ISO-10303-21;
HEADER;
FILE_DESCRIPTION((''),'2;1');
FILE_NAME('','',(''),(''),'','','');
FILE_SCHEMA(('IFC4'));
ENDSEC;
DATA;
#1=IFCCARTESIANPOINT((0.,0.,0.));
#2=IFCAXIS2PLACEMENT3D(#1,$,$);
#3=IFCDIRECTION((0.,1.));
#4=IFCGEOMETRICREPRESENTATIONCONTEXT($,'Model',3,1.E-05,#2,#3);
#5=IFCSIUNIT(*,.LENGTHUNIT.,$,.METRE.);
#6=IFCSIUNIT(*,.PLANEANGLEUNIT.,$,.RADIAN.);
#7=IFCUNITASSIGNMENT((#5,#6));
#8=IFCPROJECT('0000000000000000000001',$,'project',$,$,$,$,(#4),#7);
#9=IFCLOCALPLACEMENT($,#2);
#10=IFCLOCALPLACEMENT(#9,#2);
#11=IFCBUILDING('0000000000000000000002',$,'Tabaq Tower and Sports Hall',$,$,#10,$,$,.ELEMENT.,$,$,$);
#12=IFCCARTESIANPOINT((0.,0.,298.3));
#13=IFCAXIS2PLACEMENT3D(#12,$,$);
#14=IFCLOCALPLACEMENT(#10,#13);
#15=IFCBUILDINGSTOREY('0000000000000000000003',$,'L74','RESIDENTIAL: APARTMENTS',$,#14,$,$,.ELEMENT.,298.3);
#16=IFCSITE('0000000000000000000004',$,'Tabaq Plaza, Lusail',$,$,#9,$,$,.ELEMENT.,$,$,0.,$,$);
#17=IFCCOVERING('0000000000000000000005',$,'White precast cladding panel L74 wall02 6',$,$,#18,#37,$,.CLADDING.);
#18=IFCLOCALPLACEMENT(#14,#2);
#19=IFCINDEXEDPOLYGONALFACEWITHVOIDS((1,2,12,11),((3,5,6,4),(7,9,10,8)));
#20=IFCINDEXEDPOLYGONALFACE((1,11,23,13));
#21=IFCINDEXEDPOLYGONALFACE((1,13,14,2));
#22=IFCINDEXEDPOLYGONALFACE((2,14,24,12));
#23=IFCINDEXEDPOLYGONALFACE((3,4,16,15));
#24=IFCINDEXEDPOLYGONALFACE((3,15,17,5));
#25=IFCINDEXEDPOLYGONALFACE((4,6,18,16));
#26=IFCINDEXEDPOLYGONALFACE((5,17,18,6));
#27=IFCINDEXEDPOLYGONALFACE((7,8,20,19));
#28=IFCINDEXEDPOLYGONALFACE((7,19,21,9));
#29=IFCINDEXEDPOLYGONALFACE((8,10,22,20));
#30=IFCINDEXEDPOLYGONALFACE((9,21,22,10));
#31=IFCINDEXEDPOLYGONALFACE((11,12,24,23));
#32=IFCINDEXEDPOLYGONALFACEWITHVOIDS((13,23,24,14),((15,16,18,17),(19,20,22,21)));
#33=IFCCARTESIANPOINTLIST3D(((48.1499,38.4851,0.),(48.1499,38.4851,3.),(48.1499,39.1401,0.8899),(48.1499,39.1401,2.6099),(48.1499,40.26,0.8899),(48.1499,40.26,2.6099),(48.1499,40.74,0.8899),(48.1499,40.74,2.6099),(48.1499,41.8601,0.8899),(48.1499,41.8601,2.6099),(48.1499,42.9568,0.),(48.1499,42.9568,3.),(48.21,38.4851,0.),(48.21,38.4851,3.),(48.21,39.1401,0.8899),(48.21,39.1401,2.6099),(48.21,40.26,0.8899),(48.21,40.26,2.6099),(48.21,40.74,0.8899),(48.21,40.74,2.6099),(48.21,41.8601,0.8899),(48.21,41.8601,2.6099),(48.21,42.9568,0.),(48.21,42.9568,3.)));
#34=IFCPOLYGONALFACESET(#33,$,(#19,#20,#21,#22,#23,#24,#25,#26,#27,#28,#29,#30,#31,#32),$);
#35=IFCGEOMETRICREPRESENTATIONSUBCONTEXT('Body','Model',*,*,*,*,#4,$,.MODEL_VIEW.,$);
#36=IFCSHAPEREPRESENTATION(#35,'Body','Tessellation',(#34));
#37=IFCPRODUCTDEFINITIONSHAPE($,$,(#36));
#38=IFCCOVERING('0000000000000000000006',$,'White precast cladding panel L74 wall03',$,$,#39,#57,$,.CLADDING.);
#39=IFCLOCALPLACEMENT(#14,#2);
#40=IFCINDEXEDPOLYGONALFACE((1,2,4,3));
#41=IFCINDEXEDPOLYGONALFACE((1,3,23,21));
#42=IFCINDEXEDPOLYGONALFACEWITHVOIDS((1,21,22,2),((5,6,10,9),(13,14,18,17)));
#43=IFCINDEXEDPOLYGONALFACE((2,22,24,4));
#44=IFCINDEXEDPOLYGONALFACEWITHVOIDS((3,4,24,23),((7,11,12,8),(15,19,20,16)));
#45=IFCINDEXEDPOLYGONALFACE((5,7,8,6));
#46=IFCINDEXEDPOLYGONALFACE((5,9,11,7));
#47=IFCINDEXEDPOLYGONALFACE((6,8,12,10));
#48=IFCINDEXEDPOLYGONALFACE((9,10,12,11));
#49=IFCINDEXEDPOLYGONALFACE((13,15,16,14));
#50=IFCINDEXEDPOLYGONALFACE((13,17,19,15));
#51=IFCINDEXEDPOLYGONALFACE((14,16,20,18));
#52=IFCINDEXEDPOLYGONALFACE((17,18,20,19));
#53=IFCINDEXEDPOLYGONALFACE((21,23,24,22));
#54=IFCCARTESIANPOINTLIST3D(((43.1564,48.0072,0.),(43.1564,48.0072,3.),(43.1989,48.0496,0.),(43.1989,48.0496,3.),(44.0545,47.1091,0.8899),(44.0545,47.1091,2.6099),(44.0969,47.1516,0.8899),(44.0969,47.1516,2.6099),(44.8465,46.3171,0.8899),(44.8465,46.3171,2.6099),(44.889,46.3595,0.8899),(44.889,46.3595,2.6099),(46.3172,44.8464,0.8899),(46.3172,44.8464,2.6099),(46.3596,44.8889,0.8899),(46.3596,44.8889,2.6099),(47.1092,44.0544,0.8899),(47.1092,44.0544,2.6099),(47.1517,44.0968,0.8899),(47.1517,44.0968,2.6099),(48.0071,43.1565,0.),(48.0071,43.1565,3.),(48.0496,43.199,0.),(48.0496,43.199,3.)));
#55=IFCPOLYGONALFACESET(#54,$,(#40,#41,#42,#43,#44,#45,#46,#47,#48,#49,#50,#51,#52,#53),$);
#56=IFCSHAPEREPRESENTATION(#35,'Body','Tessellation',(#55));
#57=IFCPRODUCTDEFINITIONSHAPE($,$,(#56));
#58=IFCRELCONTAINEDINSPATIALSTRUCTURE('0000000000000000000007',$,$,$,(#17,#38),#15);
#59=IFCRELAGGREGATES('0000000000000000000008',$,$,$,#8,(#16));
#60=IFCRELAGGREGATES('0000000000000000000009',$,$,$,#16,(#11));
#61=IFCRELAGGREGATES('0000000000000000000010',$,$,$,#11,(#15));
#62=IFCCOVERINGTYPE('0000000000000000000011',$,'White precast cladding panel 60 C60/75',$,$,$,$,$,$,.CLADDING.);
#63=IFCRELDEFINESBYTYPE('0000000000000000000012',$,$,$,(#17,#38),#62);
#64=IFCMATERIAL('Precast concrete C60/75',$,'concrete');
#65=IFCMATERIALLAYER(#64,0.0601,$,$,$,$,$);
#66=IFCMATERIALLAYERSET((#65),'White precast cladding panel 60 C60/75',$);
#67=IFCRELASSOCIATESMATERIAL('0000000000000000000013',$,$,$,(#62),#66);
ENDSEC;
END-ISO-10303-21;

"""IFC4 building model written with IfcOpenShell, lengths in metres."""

from ifc_helpers import new_model, si_unit, direction, frame, origin, place, context, subcontext, project, spatial, polyline, outline, extrude, material, layer, layer_set, type_object, element, save


model = new_model("IFC4")

# Units and contexts
model_context = context("Model", 3, precision=1e-05, world=origin(), true_north=direction((0.0, 1.0)))
body_context = subcontext(model_context, "Body", "Model", "MODEL_VIEW")
ifc_project = project(units=[si_unit("LENGTHUNIT", "METRE"), si_unit("PLANEANGLEUNIT", "RADIAN")], contexts=[model_context])

# Site, building, storey
site_placement = place(None, origin())
site = spatial("IfcSite", under=ifc_project, at=site_placement, Name="Tabaq Plaza, Lusail", CompositionType="ELEMENT", RefElevation=0.0)
building_placement = place(site_placement, origin())
building = spatial("IfcBuilding", under=site, at=building_placement, Name="Tabaq Tower and Sports Hall", CompositionType="ELEMENT")
storey_placement = place(building_placement, frame((0.0, 0.0, 298.3)))
storey = spatial("IfcBuildingStorey", under=building, at=storey_placement, Name="L74", Description="RESIDENTIAL: APARTMENTS", CompositionType="ELEMENT", Elevation=298.3)

# Coverings
ifc_material_1 = material(Name="Precast concrete C60/75", Category="concrete")
ifc_layer_1 = layer(ifc_material_1, 0.0601)
ifc_layer_set_1 = layer_set([ifc_layer_1], Name="White precast cladding panel 60 C60/75")
covering_type_1 = type_object("IfcCoveringType", Name="White precast cladding panel 60 C60/75", PredefinedType="CLADDING", material=ifc_layer_set_1)
covering_1_placement = place(storey_placement, frame((48.1799, 38.4851, 0.0), z_axis=(0.0, 0.0, 1.0), x_axis=(0.0, 1.0, 0.0)))
element("IfcCovering", 1, at=covering_1_placement, inside=storey, type_object=covering_type_1, Name="White precast cladding panel L74 wall02 6", PredefinedType="CLADDING", context=body_context, shape_type="SweptSolid", body=[
    extrude(outline(polyline([(0.0, 0.0), (4.4717, 0.0), (4.4717, 3.0), (0.0, 3.0), (0.0, 0.0)]), holes=[polyline([(0.655, 2.6099), (1.7749, 2.6099), (1.7749, 0.8899), (0.655, 0.8899), (0.655, 2.6099)]), polyline([(2.2549, 2.6099), (3.375, 2.6099), (3.375, 0.8899), (2.2549, 0.8899), (2.2549, 2.6099)])]), frame((0.0, 0.03, 0.0), z_axis=(0.0, -1.0, 0.0), x_axis=(1.0, 0.0, 0.0)), (0.0, 0.0, 1.0), 0.0601),
])
covering_2_placement = place(storey_placement, frame((48.0283, 43.1777, 0.0), z_axis=(0.0, 0.0, 1.0), x_axis=(-0.707107, 0.707107, 0.0)))
element("IfcCovering", 2, at=covering_2_placement, inside=storey, type_object=covering_type_1, Name="White precast cladding panel L74 wall03", PredefinedType="CLADDING", context=body_context, shape_type="SweptSolid", body=[
    extrude(outline(polyline([(0.0, 0.0), (6.8599, 0.0), (6.8599, 3.0), (0.0, 3.0), (0.0, 0.0)]), holes=[polyline([(1.2698, 2.6099), (2.3899, 2.6099), (2.3899, 0.8899), (1.2698, 0.8899), (1.2698, 2.6099)]), polyline([(4.4697, 2.6099), (5.5898, 2.6099), (5.5898, 0.8899), (4.4697, 0.8899), (4.4697, 2.6099)])]), frame((0.0, 0.03, 0.0), z_axis=(0.0, -1.0, 0.0), x_axis=(1.0, 0.0, 0.0)), (0.0, 0.0, 1.0), 0.0601),
])

save(model, "model.ifc")
